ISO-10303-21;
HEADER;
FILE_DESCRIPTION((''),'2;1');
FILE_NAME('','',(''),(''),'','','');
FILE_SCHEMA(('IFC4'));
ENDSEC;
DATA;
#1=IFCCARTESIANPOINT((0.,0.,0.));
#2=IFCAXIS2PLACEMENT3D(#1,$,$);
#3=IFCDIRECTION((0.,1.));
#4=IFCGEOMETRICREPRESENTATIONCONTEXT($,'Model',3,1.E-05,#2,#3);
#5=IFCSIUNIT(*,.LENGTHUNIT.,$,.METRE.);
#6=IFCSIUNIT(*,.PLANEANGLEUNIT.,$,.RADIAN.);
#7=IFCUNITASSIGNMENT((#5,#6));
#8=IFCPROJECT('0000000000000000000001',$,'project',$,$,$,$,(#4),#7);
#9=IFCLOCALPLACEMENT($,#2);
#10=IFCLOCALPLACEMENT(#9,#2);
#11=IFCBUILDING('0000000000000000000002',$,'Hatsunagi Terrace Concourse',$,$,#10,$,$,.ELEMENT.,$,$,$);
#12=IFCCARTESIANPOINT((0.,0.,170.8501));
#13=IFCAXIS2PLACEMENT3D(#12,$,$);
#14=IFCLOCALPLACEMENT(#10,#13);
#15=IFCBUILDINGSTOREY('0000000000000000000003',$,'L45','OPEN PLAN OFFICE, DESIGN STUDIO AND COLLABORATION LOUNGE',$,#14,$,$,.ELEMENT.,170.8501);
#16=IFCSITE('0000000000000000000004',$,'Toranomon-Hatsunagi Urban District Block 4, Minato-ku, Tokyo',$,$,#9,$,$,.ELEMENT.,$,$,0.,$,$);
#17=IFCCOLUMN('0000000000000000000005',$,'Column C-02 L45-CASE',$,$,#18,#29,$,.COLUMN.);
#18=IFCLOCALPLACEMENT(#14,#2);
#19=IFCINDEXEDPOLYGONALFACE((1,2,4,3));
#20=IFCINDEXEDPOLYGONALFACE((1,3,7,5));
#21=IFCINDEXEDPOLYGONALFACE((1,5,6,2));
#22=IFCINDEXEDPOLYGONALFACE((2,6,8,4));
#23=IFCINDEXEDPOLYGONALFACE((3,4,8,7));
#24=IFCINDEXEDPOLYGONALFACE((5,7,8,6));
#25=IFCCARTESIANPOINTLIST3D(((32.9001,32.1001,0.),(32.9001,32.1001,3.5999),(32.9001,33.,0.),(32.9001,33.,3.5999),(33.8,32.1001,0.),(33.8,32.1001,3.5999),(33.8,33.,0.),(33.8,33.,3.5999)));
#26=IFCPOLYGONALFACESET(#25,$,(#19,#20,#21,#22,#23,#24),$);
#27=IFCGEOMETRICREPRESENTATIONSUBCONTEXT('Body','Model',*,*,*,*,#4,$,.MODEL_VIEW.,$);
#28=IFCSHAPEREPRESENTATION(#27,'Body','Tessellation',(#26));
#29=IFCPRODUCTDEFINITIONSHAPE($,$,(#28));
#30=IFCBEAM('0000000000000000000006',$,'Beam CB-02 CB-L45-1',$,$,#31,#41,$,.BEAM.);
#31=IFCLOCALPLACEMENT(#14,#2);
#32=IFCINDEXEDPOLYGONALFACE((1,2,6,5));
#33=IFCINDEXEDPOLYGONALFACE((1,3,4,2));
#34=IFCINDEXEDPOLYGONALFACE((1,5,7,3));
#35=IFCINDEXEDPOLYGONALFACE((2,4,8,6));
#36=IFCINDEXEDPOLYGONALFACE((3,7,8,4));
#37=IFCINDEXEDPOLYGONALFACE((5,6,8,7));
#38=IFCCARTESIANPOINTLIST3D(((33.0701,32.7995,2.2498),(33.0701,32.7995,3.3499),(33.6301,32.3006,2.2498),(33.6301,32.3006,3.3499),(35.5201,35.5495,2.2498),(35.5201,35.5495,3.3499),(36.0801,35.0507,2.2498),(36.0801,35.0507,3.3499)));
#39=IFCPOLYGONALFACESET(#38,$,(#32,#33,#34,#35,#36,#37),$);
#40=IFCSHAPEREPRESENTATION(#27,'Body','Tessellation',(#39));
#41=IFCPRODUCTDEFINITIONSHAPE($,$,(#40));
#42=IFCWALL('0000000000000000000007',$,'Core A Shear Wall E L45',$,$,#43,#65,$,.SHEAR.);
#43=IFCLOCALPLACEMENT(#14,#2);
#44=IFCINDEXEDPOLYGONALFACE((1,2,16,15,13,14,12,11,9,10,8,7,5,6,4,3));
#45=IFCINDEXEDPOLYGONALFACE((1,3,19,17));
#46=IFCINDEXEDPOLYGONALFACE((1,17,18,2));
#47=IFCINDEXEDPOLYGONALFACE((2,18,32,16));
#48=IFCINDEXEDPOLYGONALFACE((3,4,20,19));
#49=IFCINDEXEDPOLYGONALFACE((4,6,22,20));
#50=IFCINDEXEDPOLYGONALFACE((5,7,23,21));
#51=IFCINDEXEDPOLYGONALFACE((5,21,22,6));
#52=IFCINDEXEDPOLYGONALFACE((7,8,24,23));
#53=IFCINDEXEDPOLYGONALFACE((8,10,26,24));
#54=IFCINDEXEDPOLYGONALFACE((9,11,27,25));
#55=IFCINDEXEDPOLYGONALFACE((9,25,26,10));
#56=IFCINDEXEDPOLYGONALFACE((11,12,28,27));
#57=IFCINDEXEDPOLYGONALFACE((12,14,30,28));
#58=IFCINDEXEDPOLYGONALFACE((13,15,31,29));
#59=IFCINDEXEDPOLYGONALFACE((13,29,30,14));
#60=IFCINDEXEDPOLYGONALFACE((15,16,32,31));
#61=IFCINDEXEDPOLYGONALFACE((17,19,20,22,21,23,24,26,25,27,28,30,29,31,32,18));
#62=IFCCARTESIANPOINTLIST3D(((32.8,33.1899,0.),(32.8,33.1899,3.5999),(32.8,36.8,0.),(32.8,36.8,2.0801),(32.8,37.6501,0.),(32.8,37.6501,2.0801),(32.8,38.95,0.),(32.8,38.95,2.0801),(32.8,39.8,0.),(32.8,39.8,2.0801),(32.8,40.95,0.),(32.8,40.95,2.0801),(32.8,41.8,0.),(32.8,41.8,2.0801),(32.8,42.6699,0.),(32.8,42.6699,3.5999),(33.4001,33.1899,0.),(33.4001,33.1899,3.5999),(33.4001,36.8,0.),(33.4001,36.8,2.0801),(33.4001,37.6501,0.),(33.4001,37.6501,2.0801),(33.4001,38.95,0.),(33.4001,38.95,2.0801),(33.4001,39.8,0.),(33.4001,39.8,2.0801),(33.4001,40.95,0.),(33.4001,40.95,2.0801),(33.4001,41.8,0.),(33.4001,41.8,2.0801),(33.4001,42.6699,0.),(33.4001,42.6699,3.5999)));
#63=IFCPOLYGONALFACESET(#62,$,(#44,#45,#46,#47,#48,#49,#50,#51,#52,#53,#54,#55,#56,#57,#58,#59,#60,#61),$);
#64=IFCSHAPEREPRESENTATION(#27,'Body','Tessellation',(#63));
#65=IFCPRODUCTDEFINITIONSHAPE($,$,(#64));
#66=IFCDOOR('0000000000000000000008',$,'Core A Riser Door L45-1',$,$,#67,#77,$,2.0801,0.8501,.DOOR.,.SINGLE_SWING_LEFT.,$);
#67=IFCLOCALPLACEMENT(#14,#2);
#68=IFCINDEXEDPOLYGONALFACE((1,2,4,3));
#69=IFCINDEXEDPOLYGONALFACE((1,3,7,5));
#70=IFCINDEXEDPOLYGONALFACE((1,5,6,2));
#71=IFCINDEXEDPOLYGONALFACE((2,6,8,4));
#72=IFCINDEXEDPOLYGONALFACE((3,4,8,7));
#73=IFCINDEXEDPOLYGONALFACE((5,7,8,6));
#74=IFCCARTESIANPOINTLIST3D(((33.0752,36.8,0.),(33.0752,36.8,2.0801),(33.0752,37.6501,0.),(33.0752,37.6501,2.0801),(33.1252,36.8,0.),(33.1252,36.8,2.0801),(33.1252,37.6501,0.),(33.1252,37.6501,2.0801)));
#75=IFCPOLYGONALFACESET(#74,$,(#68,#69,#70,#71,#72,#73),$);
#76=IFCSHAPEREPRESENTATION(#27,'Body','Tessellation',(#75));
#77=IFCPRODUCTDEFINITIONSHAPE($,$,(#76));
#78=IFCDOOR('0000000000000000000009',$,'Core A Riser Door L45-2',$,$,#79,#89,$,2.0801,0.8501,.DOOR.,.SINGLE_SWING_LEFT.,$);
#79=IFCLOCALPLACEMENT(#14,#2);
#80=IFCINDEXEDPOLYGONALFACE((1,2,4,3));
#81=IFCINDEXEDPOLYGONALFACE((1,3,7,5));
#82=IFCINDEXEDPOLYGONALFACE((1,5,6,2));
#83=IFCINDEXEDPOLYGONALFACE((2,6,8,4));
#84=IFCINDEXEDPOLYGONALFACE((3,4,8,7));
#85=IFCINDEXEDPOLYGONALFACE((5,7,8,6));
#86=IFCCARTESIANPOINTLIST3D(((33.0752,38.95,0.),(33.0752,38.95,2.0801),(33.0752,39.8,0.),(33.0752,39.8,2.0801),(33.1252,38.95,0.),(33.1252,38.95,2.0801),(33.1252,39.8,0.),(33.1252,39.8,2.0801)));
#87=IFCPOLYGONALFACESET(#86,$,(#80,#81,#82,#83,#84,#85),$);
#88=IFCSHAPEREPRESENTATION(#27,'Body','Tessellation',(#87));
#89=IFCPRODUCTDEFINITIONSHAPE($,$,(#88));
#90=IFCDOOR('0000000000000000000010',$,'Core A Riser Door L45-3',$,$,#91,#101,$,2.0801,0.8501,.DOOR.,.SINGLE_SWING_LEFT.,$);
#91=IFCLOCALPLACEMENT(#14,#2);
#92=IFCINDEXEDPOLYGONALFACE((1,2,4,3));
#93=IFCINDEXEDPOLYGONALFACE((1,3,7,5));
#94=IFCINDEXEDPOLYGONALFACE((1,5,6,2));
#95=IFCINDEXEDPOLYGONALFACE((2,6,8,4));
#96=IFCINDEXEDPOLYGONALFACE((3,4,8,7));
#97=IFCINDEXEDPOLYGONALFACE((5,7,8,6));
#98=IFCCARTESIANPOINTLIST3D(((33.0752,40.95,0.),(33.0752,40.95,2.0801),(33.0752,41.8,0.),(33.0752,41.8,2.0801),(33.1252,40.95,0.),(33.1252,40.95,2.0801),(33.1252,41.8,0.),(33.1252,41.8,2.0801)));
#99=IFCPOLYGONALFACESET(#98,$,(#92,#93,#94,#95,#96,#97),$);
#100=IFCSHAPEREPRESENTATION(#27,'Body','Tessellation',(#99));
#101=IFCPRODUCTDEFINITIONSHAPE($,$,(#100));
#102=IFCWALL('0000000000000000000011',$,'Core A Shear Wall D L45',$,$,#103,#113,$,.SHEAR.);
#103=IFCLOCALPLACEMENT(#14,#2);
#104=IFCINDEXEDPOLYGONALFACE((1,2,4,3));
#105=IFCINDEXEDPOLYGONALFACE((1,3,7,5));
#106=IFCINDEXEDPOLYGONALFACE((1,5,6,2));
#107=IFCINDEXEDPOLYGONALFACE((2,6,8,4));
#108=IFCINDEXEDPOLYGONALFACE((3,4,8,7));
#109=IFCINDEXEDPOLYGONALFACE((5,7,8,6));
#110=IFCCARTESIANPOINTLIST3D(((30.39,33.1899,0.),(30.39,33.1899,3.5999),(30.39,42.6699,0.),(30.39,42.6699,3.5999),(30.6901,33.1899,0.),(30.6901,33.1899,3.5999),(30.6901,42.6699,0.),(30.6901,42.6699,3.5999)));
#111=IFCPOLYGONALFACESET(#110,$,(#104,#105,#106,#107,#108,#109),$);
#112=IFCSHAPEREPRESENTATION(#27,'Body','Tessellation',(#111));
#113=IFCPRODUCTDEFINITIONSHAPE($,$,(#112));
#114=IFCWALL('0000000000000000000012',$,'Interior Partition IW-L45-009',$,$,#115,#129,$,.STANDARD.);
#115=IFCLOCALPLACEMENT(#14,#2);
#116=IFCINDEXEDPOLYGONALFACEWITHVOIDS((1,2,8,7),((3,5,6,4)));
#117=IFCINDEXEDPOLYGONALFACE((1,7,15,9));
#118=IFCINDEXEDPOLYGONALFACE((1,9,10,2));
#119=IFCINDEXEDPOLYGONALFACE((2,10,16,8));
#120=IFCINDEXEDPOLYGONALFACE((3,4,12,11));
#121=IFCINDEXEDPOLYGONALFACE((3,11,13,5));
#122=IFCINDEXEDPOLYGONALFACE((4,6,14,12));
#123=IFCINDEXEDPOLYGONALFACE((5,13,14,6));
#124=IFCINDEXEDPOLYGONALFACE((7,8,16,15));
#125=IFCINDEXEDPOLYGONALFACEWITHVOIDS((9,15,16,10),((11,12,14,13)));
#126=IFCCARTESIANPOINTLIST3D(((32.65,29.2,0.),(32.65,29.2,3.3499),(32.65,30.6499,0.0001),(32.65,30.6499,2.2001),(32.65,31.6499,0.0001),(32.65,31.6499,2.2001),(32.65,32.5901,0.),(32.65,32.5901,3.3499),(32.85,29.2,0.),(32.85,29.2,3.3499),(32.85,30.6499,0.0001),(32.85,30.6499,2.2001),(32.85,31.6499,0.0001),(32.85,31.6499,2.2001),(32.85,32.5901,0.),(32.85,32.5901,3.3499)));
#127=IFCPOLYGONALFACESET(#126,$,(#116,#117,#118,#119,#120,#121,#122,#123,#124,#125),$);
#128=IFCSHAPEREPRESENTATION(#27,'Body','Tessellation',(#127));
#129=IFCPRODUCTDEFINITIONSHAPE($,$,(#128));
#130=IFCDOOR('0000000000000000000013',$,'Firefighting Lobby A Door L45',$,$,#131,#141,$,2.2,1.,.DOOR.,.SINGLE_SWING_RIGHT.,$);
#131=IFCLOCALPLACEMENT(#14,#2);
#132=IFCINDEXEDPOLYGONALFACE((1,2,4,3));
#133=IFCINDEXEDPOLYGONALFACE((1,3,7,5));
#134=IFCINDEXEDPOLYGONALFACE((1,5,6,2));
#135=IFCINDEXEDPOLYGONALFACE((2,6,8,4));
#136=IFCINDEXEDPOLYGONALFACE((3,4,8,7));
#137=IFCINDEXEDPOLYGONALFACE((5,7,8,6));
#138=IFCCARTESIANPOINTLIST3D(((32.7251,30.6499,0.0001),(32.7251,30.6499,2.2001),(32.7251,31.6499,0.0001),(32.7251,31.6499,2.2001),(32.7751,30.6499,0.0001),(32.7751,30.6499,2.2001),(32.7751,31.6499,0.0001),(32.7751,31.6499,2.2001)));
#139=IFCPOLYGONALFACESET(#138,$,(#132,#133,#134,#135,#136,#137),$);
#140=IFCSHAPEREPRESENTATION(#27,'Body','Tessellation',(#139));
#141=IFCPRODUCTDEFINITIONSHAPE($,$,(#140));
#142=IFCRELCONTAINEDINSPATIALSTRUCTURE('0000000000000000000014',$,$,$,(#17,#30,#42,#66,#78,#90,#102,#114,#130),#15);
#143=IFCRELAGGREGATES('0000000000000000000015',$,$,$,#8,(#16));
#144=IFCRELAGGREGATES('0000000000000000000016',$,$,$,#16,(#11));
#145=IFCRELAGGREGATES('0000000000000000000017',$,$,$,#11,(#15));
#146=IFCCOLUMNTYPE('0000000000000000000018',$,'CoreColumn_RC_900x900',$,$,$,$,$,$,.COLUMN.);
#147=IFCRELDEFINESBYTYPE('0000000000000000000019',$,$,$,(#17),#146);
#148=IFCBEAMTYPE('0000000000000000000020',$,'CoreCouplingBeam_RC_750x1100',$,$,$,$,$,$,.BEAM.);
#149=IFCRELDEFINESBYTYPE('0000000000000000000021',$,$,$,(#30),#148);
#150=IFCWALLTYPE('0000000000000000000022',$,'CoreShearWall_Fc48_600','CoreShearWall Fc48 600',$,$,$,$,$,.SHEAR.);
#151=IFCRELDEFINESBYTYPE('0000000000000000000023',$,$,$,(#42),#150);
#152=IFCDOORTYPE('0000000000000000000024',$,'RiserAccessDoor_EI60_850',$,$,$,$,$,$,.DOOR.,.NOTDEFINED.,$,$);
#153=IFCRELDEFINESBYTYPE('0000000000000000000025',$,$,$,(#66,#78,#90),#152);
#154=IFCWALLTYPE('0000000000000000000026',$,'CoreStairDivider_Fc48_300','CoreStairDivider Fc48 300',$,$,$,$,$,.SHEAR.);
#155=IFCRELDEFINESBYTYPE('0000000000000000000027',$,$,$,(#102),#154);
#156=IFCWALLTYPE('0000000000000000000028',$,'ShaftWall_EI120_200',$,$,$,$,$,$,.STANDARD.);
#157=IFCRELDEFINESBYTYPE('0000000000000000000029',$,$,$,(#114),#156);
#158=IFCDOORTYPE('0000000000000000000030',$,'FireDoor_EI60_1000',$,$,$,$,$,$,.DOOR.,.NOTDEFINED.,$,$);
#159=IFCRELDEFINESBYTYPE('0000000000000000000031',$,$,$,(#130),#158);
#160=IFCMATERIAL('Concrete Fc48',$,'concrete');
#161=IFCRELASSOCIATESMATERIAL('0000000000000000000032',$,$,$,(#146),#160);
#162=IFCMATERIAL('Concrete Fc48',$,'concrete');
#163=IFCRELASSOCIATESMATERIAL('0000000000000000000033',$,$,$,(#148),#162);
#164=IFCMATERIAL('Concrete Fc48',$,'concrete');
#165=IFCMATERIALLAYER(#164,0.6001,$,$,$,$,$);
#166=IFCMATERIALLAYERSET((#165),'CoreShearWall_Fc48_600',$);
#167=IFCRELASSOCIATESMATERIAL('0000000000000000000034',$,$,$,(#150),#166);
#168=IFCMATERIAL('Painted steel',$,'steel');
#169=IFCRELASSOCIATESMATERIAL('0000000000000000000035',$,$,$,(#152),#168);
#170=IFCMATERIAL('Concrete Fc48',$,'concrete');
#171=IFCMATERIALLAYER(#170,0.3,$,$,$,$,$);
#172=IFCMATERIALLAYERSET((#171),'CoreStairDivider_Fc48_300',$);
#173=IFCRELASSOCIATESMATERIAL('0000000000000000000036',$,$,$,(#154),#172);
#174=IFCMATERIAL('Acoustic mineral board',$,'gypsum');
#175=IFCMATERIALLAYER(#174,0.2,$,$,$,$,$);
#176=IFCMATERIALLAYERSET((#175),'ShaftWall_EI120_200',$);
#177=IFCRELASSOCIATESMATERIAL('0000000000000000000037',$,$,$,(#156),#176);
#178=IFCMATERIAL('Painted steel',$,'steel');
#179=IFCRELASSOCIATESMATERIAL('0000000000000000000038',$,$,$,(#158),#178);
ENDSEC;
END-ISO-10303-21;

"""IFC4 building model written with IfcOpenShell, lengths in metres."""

from ifc_helpers import new_model, si_unit, direction, frame, frame_2d, origin, origin_2d, place, context, subcontext, project, spatial, rectangle, extrude, material, layer, layer_set, material_profile, profile_set, type_object, element, fill, save


model = new_model("IFC4")

# Units and contexts
model_context = context("Model", 3, precision=1e-05, world=origin(), true_north=direction((0.0, 1.0)))
body_context = subcontext(model_context, "Body", "Model", "MODEL_VIEW")
ifc_project = project(units=[si_unit("LENGTHUNIT", "METRE"), si_unit("PLANEANGLEUNIT", "RADIAN")], contexts=[model_context])

# Site, building, storey
site_placement = place(None, origin())
site = spatial("IfcSite", under=ifc_project, at=site_placement, Name="Toranomon-Hatsunagi Urban District Block 4, Minato-ku, Tokyo", CompositionType="ELEMENT", RefElevation=0.0)
building_placement = place(site_placement, origin())
building = spatial("IfcBuilding", under=site, at=building_placement, Name="Hatsunagi Terrace Concourse", CompositionType="ELEMENT")
storey_placement = place(building_placement, frame((0.0, 0.0, 170.8501)))
storey = spatial("IfcBuildingStorey", under=building, at=storey_placement, Name="L45", Description="OPEN PLAN OFFICE, DESIGN STUDIO AND COLLABORATION LOUNGE", CompositionType="ELEMENT", Elevation=170.8501)

# Column
ifc_material_1 = material(Name="Concrete Fc48", Category="concrete")
ifc_material_profile_1 = material_profile(ifc_material_1, rectangle(XDim=0.8999, YDim=0.8999, at=origin_2d()), Name="RC-900x900")
ifc_profile_set_1 = profile_set([ifc_material_profile_1], Name="Concrete Fc48")
column_type = type_object("IfcColumnType", Name="CoreColumn_RC_900x900", PredefinedType="COLUMN", material=ifc_profile_set_1)
column_placement = place(storey_placement, frame((33.3501, 32.55, 0.0), z_axis=(0.0, 0.0, 1.0), x_axis=(1.0, 0.0, 0.0)))
element("IfcColumn", 1, at=column_placement, inside=storey, type_object=column_type, Name="Column C-02 L45-CASE", PredefinedType="COLUMN", context=body_context, shape_type="SweptSolid", body=[
    extrude(rectangle(XDim=0.8999, YDim=0.8999, at=origin_2d()), origin(), (0.0, 0.0, 1.0), 3.5999),
])

# Beam
ifc_material_2 = material(Name="Concrete Fc48", Category="concrete")
ifc_material_profile_2 = material_profile(ifc_material_2, rectangle(XDim=0.75, YDim=1.1001, at=origin_2d()), Name="RC-750x1100")
ifc_profile_set_2 = profile_set([ifc_material_profile_2], Name="Concrete Fc48")
beam_type = type_object("IfcBeamType", Name="CoreCouplingBeam_RC_750x1100", PredefinedType="BEAM", material=ifc_profile_set_2)
beam_placement = place(storey_placement, frame((33.3501, 32.55, 2.7998), z_axis=(0.665199, 0.746666, 0.0), x_axis=(-0.746666, 0.665199, 0.0)))
element("IfcBeam", 2, at=beam_placement, inside=storey, type_object=beam_type, Name="Beam CB-02 CB-L45-1", PredefinedType="BEAM", context=body_context, shape_type="SweptSolid", body=[
    extrude(rectangle(XDim=0.75, YDim=1.1001, at=origin_2d()), origin(), (0.0, 0.0, 1.0), 3.6831),
])

# Wall, openings, doors
ifc_material_3 = material(Name="Concrete Fc48", Category="concrete")
ifc_layer_1 = layer(ifc_material_3, 0.6001)
ifc_layer_set_1 = layer_set([ifc_layer_1], Name="CoreShearWall_Fc48_600")
wall_type_1 = type_object("IfcWallType", Name="CoreShearWall_Fc48_600", Description="CoreShearWall Fc48 600", PredefinedType="SHEAR", material=ifc_layer_set_1)
wall_1_placement = place(storey_placement, frame((33.1001, 33.1899, 0.0), z_axis=(0.0, 0.0, 1.0), x_axis=(0.0, 1.0, 0.0)))
wall_1 = element("IfcWall", 3, at=wall_1_placement, inside=storey, type_object=wall_type_1, Name="Core A Shear Wall E L45", PredefinedType="SHEAR", context=body_context, shape_type="SweptSolid", body=[
    extrude(rectangle(XDim=9.48, YDim=0.6001, at=frame_2d((4.74, 0.0))), origin(), (0.0, 0.0, 1.0), 3.5999),
])
opening_1_placement = place(wall_1_placement, frame((3.6101, 0.0, 0.0)))
opening_1 = element("IfcOpeningElement", 4, at=opening_1_placement, cuts=wall_1, PredefinedType="OPENING", context=body_context, shape_type="SweptSolid", body=[
    extrude(rectangle(XDim=0.8501, YDim=2.0801, at=frame_2d((0.425, 1.04))), frame((0.0, 0.3101, 0.0), z_axis=(0.0, -1.0, 0.0), x_axis=(1.0, 0.0, 0.0)), (0.0, 0.0, 1.0), 0.6201),
])
opening_2_placement = place(wall_1_placement, frame((5.76, 0.0, 0.0)))
opening_2 = element("IfcOpeningElement", 5, at=opening_2_placement, cuts=wall_1, PredefinedType="OPENING", context=body_context, shape_type="SweptSolid", body=[
    extrude(rectangle(XDim=0.8501, YDim=2.0801, at=frame_2d((0.425, 1.04))), frame((0.0, 0.3101, 0.0), z_axis=(0.0, -1.0, 0.0), x_axis=(1.0, 0.0, 0.0)), (0.0, 0.0, 1.0), 0.6201),
])
opening_3_placement = place(wall_1_placement, frame((7.76, 0.0, 0.0)))
opening_3 = element("IfcOpeningElement", 6, at=opening_3_placement, cuts=wall_1, PredefinedType="OPENING", context=body_context, shape_type="SweptSolid", body=[
    extrude(rectangle(XDim=0.8501, YDim=2.0801, at=frame_2d((0.425, 1.04))), frame((0.0, 0.3101, 0.0), z_axis=(0.0, -1.0, 0.0), x_axis=(1.0, 0.0, 0.0)), (0.0, 0.0, 1.0), 0.6201),
])
ifc_material_4 = material(Name="Painted steel", Category="steel")
door_type_1 = type_object("IfcDoorType", Name="RiserAccessDoor_EI60_850", OperationType="NOTDEFINED", PredefinedType="DOOR", material=ifc_material_4)
door_1_placement = place(opening_1_placement, origin())
door_1 = element("IfcDoor", 7, at=door_1_placement, inside=storey, type_object=door_type_1, Name="Core A Riser Door L45-1", OperationType="SINGLE_SWING_LEFT", OverallHeight=2.0801, OverallWidth=0.8501, PredefinedType="DOOR", context=body_context, shape_type="SweptSolid", body=[
    extrude(rectangle(XDim=0.8501, YDim=2.0801, at=frame_2d((0.425, 1.04))), frame((0.0, 0.0249, 0.0), z_axis=(0.0, -1.0, 0.0), x_axis=(1.0, 0.0, 0.0)), (0.0, 0.0, 1.0), 0.05),
])
fill(opening_1, door_1)
door_2_placement = place(opening_2_placement, origin())
door_2 = element("IfcDoor", 8, at=door_2_placement, inside=storey, type_object=door_type_1, Name="Core A Riser Door L45-2", OperationType="SINGLE_SWING_LEFT", OverallHeight=2.0801, OverallWidth=0.8501, PredefinedType="DOOR", context=body_context, shape_type="SweptSolid", body=[
    extrude(rectangle(XDim=0.8501, YDim=2.0801, at=frame_2d((0.425, 1.04))), frame((0.0, 0.0249, 0.0), z_axis=(0.0, -1.0, 0.0), x_axis=(1.0, 0.0, 0.0)), (0.0, 0.0, 1.0), 0.05),
])
fill(opening_2, door_2)
door_3_placement = place(opening_3_placement, origin())
door_3 = element("IfcDoor", 9, at=door_3_placement, inside=storey, type_object=door_type_1, Name="Core A Riser Door L45-3", OperationType="SINGLE_SWING_LEFT", OverallHeight=2.0801, OverallWidth=0.8501, PredefinedType="DOOR", context=body_context, shape_type="SweptSolid", body=[
    extrude(rectangle(XDim=0.8501, YDim=2.0801, at=frame_2d((0.425, 1.04))), frame((0.0, 0.0249, 0.0), z_axis=(0.0, -1.0, 0.0), x_axis=(1.0, 0.0, 0.0)), (0.0, 0.0, 1.0), 0.05),
])
fill(opening_3, door_3)

# Wall
ifc_material_5 = material(Name="Concrete Fc48", Category="concrete")
ifc_layer_2 = layer(ifc_material_5, 0.3)
ifc_layer_set_2 = layer_set([ifc_layer_2], Name="CoreStairDivider_Fc48_300")
wall_type_2 = type_object("IfcWallType", Name="CoreStairDivider_Fc48_300", Description="CoreStairDivider Fc48 300", PredefinedType="SHEAR", material=ifc_layer_set_2)
wall_2_placement = place(storey_placement, frame((30.54, 33.1899, 0.0), z_axis=(0.0, 0.0, 1.0), x_axis=(0.0, 1.0, 0.0)))
element("IfcWall", 10, at=wall_2_placement, inside=storey, type_object=wall_type_2, Name="Core A Shear Wall D L45", PredefinedType="SHEAR", context=body_context, shape_type="SweptSolid", body=[
    extrude(rectangle(XDim=9.48, YDim=0.3, at=frame_2d((4.74, 0.0))), origin(), (0.0, 0.0, 1.0), 3.5999),
])

# Wall, opening, door
ifc_material_6 = material(Name="Acoustic mineral board", Category="gypsum")
ifc_layer_3 = layer(ifc_material_6, 0.2)
ifc_layer_set_3 = layer_set([ifc_layer_3], Name="ShaftWall_EI120_200")
wall_type_3 = type_object("IfcWallType", Name="ShaftWall_EI120_200", PredefinedType="STANDARD", material=ifc_layer_set_3)
wall_3_placement = place(storey_placement, frame((32.75, 29.2, 0.0), z_axis=(0.0, 0.0, 1.0), x_axis=(0.0, 1.0, 0.0)))
wall_3 = element("IfcWall", 11, at=wall_3_placement, inside=storey, type_object=wall_type_3, Name="Interior Partition IW-L45-009", PredefinedType="STANDARD", context=body_context, shape_type="SweptSolid", body=[
    extrude(rectangle(XDim=3.3901, YDim=0.2, at=frame_2d((1.6951, 0.0))), origin(), (0.0, 0.0, 1.0), 3.3499),
])
opening_4_placement = place(wall_3_placement, frame((1.45, 0.0, 0.0)))
opening_4 = element("IfcOpeningElement", 12, at=opening_4_placement, cuts=wall_3, PredefinedType="OPENING", context=body_context, shape_type="SweptSolid", body=[
    extrude(rectangle(XDim=1.0, YDim=2.2, at=frame_2d((0.5, 1.1001))), frame((0.0, 0.1099, 0.0), z_axis=(0.0, -1.0, 0.0), x_axis=(1.0, 0.0, 0.0)), (0.0, 0.0, 1.0), 0.22),
])
ifc_material_7 = material(Name="Painted steel", Category="steel")
door_type_2 = type_object("IfcDoorType", Name="FireDoor_EI60_1000", OperationType="NOTDEFINED", PredefinedType="DOOR", material=ifc_material_7)
door_4_placement = place(opening_4_placement, origin())
door_4 = element("IfcDoor", 13, at=door_4_placement, inside=storey, type_object=door_type_2, Name="Firefighting Lobby A Door L45", OperationType="SINGLE_SWING_RIGHT", OverallHeight=2.2, OverallWidth=1.0, PredefinedType="DOOR", context=body_context, shape_type="SweptSolid", body=[
    extrude(rectangle(XDim=1.0, YDim=2.2, at=frame_2d((0.5, 1.1001))), frame((0.0, 0.0249, 0.0), z_axis=(0.0, -1.0, 0.0), x_axis=(1.0, 0.0, 0.0)), (0.0, 0.0, 1.0), 0.05),
])
fill(opening_4, door_4)

save(model, "model.ifc")
